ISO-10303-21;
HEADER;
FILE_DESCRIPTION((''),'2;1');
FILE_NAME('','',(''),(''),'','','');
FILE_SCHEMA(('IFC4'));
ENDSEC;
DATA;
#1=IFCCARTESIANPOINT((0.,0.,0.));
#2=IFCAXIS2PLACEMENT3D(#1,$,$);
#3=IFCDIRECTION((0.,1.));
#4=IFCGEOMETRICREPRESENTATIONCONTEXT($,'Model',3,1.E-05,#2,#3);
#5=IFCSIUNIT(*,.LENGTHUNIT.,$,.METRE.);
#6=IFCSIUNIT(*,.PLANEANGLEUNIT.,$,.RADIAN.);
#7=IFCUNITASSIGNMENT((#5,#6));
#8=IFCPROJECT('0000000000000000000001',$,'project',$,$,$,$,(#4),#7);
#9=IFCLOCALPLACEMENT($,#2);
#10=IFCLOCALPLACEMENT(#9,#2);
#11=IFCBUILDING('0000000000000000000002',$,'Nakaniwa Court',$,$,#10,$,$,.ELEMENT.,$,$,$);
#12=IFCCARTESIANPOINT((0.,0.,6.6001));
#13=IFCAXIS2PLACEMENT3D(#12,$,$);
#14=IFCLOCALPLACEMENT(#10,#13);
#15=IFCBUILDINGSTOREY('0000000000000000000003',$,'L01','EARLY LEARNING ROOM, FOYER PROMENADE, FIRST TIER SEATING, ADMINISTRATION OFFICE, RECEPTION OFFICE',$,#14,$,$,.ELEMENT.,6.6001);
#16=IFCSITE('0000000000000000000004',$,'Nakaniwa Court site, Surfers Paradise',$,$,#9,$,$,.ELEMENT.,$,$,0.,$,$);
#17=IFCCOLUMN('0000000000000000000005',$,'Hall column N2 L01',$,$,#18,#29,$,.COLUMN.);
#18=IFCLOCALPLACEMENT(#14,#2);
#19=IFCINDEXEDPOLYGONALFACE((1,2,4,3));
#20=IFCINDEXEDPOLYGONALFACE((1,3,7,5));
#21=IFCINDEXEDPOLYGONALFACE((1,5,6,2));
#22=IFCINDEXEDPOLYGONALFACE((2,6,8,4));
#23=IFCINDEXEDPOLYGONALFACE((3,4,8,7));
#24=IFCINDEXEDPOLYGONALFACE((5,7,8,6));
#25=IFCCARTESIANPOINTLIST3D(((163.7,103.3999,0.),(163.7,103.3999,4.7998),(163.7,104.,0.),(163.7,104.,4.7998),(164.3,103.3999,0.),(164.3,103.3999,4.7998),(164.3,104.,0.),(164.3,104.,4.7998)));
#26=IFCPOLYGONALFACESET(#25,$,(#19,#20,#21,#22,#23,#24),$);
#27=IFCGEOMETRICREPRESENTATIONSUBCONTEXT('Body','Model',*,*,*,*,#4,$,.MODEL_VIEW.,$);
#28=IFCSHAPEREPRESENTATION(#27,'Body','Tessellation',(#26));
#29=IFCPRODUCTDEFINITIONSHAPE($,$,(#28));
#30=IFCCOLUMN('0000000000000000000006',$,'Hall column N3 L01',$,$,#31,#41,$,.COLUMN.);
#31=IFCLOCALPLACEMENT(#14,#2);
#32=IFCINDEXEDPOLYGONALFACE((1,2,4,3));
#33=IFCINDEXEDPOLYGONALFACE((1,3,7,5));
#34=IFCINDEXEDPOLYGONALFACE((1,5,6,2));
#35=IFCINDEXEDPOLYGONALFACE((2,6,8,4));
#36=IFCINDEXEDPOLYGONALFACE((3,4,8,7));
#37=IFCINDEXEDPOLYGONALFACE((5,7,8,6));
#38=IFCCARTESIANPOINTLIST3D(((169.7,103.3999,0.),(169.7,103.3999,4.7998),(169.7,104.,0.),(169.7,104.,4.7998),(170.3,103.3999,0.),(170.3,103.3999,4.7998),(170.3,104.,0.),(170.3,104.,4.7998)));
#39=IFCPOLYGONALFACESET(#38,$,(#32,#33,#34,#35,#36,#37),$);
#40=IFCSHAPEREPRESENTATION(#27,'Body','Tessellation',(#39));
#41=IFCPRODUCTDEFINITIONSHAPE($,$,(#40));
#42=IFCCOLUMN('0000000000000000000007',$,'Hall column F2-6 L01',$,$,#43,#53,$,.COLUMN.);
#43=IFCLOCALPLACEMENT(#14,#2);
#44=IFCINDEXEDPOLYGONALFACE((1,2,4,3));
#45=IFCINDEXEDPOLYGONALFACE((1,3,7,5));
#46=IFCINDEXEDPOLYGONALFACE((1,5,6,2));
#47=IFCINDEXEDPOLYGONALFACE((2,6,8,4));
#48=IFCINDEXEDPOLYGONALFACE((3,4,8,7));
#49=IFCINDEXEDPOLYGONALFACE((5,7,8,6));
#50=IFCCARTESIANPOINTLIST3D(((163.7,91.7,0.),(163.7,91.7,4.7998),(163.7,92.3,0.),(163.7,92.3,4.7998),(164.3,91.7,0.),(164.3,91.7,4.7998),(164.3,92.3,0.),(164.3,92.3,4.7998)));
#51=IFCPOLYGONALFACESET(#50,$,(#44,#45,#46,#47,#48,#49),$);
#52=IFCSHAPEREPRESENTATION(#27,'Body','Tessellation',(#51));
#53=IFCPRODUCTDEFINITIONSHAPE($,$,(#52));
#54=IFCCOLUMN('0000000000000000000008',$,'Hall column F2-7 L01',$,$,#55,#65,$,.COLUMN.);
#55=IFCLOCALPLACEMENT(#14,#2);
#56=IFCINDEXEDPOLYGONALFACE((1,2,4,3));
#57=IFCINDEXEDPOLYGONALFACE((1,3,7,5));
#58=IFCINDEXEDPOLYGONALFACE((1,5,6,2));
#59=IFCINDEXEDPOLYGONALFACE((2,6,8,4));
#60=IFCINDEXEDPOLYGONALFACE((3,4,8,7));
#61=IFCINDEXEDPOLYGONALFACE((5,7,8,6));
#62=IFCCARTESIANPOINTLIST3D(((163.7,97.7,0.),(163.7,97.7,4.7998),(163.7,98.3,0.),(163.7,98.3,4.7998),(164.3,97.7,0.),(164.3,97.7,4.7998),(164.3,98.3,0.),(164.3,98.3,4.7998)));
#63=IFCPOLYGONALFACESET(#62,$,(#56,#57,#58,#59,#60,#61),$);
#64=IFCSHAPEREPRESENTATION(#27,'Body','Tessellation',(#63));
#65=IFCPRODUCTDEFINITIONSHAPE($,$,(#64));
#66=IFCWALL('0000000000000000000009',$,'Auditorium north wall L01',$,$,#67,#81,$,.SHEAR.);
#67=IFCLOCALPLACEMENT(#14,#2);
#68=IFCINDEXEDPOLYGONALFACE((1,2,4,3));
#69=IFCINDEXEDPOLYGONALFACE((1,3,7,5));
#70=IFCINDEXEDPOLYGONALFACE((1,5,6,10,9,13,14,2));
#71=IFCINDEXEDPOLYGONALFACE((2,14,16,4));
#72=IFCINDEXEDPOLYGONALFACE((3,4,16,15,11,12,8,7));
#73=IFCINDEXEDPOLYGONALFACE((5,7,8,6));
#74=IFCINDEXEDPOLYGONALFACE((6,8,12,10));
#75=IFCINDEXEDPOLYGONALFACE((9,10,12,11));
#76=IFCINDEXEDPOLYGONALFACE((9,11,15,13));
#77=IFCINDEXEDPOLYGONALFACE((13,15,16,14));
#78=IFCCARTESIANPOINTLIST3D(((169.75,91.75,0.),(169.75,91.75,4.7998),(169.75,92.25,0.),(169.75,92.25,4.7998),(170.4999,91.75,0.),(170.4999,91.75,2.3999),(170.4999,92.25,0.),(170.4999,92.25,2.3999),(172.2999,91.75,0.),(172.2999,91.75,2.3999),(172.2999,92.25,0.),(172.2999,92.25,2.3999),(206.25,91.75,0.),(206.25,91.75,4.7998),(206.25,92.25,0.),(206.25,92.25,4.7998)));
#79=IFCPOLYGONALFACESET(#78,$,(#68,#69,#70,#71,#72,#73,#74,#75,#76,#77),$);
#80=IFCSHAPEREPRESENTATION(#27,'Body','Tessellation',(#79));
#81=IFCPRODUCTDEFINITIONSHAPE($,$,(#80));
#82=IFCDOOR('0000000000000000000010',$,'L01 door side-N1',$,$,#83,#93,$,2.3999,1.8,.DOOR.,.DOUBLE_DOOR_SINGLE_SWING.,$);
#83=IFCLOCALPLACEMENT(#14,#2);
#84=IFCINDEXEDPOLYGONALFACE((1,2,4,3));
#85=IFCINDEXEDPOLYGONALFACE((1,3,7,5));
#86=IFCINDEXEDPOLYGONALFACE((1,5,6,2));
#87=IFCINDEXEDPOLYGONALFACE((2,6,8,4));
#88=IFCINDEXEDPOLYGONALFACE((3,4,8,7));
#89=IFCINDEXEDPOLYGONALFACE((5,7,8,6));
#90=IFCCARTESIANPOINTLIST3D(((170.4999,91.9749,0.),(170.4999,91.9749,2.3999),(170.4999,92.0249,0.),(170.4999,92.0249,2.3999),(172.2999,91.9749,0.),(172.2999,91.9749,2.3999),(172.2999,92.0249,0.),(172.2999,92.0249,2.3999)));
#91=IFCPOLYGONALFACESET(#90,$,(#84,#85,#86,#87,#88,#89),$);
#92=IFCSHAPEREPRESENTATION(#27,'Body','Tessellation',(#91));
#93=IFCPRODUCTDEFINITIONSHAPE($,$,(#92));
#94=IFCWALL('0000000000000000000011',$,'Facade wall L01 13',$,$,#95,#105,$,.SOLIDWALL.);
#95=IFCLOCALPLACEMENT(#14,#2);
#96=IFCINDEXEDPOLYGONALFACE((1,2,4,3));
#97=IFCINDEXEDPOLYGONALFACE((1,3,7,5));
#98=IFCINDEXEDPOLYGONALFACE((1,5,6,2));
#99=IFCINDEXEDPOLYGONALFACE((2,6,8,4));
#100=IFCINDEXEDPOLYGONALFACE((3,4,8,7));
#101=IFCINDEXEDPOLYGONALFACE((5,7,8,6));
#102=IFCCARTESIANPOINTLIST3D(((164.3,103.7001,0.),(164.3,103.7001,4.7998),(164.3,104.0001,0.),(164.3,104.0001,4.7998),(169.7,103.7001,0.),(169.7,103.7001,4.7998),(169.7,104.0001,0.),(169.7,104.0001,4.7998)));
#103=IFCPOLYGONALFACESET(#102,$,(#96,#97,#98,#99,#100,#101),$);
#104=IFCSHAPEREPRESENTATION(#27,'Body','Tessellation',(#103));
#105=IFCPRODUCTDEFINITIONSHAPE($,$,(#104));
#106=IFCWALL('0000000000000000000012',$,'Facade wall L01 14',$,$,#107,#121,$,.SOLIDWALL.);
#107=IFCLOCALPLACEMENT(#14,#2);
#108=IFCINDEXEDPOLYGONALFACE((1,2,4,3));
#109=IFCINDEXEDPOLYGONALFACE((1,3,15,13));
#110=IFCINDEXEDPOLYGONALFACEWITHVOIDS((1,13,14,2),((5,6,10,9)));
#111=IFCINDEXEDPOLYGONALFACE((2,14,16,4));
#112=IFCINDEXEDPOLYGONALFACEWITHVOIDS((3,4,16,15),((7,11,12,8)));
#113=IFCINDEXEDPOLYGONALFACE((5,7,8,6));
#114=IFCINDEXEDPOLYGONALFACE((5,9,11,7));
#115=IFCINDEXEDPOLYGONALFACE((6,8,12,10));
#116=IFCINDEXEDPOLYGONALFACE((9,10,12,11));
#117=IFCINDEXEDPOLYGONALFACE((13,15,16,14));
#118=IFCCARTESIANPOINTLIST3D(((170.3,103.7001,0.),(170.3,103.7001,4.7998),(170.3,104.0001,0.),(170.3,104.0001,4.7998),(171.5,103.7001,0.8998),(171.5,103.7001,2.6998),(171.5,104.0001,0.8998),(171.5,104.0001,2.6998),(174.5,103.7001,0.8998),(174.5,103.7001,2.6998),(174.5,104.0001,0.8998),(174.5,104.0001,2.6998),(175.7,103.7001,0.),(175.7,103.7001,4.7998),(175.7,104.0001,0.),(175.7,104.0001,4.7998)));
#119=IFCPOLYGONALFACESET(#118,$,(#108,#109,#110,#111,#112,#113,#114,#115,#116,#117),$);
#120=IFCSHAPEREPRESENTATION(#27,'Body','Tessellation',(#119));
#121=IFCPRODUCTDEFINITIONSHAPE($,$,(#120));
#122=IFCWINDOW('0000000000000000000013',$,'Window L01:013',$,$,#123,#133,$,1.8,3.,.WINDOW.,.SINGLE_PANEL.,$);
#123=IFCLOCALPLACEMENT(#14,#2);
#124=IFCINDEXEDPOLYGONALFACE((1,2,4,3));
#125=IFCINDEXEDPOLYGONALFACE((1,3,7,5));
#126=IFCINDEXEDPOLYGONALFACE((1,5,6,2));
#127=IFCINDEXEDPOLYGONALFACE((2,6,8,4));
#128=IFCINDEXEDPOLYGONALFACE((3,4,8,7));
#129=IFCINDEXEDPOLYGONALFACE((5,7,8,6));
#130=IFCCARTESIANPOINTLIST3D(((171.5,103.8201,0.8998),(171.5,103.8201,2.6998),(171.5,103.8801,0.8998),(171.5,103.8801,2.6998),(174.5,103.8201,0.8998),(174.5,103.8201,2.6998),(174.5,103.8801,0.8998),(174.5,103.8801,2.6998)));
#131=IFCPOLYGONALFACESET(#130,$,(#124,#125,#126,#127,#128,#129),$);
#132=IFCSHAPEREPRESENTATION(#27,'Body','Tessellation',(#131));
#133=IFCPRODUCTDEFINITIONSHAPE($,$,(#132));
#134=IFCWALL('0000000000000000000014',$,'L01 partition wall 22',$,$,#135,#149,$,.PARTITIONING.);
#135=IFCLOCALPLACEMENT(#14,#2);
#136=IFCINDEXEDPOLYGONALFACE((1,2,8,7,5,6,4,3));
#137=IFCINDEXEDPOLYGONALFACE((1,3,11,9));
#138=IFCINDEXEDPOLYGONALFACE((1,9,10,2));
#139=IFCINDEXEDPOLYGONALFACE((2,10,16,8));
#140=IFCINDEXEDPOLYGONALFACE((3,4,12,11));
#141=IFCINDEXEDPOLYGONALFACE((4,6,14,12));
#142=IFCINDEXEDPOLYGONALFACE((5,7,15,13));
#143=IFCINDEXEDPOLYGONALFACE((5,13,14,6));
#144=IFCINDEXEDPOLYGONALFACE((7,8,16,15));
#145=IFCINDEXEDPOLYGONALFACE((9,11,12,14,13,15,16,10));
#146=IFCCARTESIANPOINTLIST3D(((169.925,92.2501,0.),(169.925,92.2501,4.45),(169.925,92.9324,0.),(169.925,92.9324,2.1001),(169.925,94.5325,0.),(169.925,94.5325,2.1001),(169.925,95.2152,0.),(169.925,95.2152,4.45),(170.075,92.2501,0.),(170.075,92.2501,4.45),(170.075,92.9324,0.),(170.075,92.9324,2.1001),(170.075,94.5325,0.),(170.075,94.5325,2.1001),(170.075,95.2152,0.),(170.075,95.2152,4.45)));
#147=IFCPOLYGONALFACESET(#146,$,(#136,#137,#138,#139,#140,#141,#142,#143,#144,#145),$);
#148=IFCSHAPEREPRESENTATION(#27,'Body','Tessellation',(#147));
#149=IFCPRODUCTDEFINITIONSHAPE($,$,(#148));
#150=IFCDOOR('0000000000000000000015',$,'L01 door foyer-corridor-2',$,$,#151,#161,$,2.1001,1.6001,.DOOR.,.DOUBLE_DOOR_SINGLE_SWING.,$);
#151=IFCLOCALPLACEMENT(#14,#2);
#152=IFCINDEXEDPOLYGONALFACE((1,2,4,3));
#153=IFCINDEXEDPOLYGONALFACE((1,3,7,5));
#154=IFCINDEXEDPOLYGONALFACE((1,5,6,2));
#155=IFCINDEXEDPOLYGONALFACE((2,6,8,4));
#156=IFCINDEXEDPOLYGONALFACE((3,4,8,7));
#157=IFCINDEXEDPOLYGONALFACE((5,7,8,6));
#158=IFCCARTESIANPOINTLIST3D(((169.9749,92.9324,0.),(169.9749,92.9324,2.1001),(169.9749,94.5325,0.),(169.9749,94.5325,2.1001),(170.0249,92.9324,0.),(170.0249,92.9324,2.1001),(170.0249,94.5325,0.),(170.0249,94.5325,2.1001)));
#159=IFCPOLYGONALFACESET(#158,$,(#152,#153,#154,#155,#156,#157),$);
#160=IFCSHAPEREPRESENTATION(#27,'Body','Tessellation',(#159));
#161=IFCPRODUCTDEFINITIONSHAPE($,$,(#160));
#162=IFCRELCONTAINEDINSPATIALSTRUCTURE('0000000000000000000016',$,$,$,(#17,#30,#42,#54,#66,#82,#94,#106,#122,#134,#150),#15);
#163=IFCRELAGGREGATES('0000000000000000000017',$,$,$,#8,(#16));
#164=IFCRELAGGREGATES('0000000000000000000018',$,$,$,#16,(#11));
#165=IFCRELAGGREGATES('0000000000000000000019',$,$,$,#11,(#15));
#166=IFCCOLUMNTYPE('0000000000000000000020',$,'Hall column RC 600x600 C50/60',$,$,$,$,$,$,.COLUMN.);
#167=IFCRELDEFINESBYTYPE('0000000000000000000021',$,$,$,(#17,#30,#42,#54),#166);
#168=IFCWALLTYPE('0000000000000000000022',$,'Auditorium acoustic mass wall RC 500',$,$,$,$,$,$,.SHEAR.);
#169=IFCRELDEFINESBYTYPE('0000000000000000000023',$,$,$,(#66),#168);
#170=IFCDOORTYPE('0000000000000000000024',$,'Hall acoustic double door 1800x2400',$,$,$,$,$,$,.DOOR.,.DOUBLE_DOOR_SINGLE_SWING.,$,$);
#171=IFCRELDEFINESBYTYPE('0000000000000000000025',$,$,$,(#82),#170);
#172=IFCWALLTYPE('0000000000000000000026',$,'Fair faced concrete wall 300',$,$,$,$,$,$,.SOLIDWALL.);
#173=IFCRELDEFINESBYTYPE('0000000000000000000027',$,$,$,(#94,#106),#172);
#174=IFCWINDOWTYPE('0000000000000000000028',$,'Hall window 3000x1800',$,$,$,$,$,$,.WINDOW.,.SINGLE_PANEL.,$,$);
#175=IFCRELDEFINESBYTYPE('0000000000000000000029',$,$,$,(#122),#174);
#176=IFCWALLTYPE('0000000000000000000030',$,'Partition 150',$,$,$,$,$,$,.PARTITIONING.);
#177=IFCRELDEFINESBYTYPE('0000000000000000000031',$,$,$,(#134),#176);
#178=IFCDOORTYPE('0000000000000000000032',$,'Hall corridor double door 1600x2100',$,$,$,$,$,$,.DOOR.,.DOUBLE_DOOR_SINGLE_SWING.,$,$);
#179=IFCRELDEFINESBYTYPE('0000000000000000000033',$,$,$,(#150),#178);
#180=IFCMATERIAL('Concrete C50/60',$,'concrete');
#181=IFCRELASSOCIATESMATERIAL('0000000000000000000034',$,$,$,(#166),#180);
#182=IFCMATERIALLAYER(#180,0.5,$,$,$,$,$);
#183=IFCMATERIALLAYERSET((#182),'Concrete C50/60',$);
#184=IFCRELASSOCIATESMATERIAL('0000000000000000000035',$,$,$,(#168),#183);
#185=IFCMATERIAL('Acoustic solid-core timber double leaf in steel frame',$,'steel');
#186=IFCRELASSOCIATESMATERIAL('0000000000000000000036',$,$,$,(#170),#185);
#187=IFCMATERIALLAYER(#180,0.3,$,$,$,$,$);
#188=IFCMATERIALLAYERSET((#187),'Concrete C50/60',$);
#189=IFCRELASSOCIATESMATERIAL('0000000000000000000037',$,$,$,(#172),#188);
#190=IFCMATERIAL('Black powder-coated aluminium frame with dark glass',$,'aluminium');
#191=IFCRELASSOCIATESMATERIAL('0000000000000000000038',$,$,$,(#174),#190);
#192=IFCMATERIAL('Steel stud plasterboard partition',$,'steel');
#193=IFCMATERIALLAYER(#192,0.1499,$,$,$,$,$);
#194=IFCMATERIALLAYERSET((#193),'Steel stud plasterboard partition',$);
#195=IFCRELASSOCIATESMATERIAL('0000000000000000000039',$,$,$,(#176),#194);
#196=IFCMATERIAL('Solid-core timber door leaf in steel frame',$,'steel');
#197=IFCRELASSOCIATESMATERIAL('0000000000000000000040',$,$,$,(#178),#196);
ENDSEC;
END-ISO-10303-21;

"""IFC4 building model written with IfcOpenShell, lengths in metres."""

from ifc_helpers import new_model, si_unit, direction, frame, frame_2d, origin, origin_2d, place, context, subcontext, project, spatial, rectangle, extrude, material, layer, layer_set, material_profile, profile_set, type_object, element, fill, save


model = new_model("IFC4")

# Units and contexts
model_context = context("Model", 3, precision=1e-05, world=origin(), true_north=direction((0.0, 1.0)))
body_context = subcontext(model_context, "Body", "Model", "MODEL_VIEW")
ifc_project = project(units=[si_unit("LENGTHUNIT", "METRE"), si_unit("PLANEANGLEUNIT", "RADIAN")], contexts=[model_context])

# Site, building, storey
site_placement = place(None, origin())
site = spatial("IfcSite", under=ifc_project, at=site_placement, Name="Nakaniwa Court site, Surfers Paradise", CompositionType="ELEMENT", RefElevation=0.0)
building_placement = place(site_placement, origin())
building = spatial("IfcBuilding", under=site, at=building_placement, Name="Nakaniwa Court", CompositionType="ELEMENT")
storey_placement = place(building_placement, frame((0.0, 0.0, 6.6001)))
storey = spatial("IfcBuildingStorey", under=building, at=storey_placement, Name="L01", Description="EARLY LEARNING ROOM, FOYER PROMENADE, FIRST TIER SEATING, ADMINISTRATION OFFICE, RECEPTION OFFICE", CompositionType="ELEMENT", Elevation=6.6001)

# Columns
ifc_material_1 = material(Name="Concrete C50/60", Category="concrete")
ifc_material_profile_1 = material_profile(ifc_material_1, rectangle(XDim=0.6001, YDim=0.6001, at=origin_2d()), Name="RC 600x600")
ifc_profile_set_1 = profile_set([ifc_material_profile_1], Name="Concrete C50/60")
column_type = type_object("IfcColumnType", Name="Hall column RC 600x600 C50/60", PredefinedType="COLUMN", material=ifc_profile_set_1)
for number, where, z_axis, x_axis, name in (
    (1, (164.0, 103.7, 0.0), (0.0, 0.0, 1.0), (1.0, 0.0, 0.0), "Hall column N2 L01"),
    (2, (170.0, 103.7, 0.0), (0.0, 0.0, 1.0), (1.0, 0.0, 0.0), "Hall column N3 L01"),
    (3, (164.0, 92.0, 0.0), (0.0, 0.0, 1.0), (1.0, 0.0, 0.0), "Hall column F2-6 L01"),
    (4, (164.0, 98.0, 0.0), (0.0, 0.0, 1.0), (1.0, 0.0, 0.0), "Hall column F2-7 L01"),
):
    element("IfcColumn", number, at=place(storey_placement, frame(where, z_axis=z_axis, x_axis=x_axis)), inside=storey, type_object=column_type, Name=name, PredefinedType="COLUMN", context=body_context, shape_type="SweptSolid", body=[
        extrude(rectangle(XDim=0.6001, YDim=0.6001, at=origin_2d()), origin(), (0.0, 0.0, 1.0), 4.7998),
    ])

# Wall, opening, door
ifc_layer_1 = layer(ifc_material_1, 0.5)
ifc_layer_set_1 = layer_set([ifc_layer_1], Name="Concrete C50/60")
wall_type_1 = type_object("IfcWallType", Name="Auditorium acoustic mass wall RC 500", PredefinedType="SHEAR", material=ifc_layer_set_1)
wall_1_placement = place(storey_placement, frame((169.75, 92.0, 0.0), z_axis=(0.0, 0.0, 1.0), x_axis=(1.0, 0.0, 0.0)))
wall_1 = element("IfcWall", 5, at=wall_1_placement, inside=storey, type_object=wall_type_1, Name="Auditorium north wall L01", PredefinedType="SHEAR", context=body_context, shape_type="SweptSolid", body=[
    extrude(rectangle(XDim=36.5, YDim=0.5, at=frame_2d((18.25, 0.0))), origin(), (0.0, 0.0, 1.0), 4.7998),
])
opening_1_placement = place(wall_1_placement, frame((0.75, 0.0, 0.0)))
opening_1 = element("IfcOpeningElement", 6, at=opening_1_placement, cuts=wall_1, PredefinedType="OPENING", context=body_context, shape_type="SweptSolid", body=[
    extrude(rectangle(XDim=1.8, YDim=2.3999, at=frame_2d((0.8999, 1.2))), frame((0.0, 0.26, 0.0), z_axis=(0.0, -1.0, 0.0), x_axis=(1.0, 0.0, 0.0)), (0.0, 0.0, 1.0), 0.52),
])
ifc_material_2 = material(Name="Acoustic solid-core timber double leaf in steel frame", Category="steel")
door_type_1 = type_object("IfcDoorType", Name="Hall acoustic double door 1800x2400", OperationType="DOUBLE_DOOR_SINGLE_SWING", PredefinedType="DOOR", material=ifc_material_2)
door_1_placement = place(opening_1_placement, origin())
door_1 = element("IfcDoor", 7, at=door_1_placement, inside=storey, type_object=door_type_1, Name="L01 door side-N1", OperationType="DOUBLE_DOOR_SINGLE_SWING", OverallHeight=2.3999, OverallWidth=1.8, PredefinedType="DOOR", context=body_context, shape_type="SweptSolid", body=[
    extrude(rectangle(XDim=1.8, YDim=2.3999, at=frame_2d((0.8999, 1.2))), frame((0.0, 0.0249, 0.0), z_axis=(0.0, -1.0, 0.0), x_axis=(1.0, 0.0, 0.0)), (0.0, 0.0, 1.0), 0.05),
])
fill(opening_1, door_1)

# Wall
ifc_layer_2 = layer(ifc_material_1, 0.3)
ifc_layer_set_2 = layer_set([ifc_layer_2], Name="Concrete C50/60")
wall_type_2 = type_object("IfcWallType", Name="Fair faced concrete wall 300", PredefinedType="SOLIDWALL", material=ifc_layer_set_2)
wall_2_placement = place(storey_placement, frame((164.3, 103.8501, 0.0), z_axis=(0.0, 0.0, 1.0), x_axis=(1.0, 0.0, 0.0)))
element("IfcWall", 8, at=wall_2_placement, inside=storey, type_object=wall_type_2, Name="Facade wall L01 13", PredefinedType="SOLIDWALL", context=body_context, shape_type="SweptSolid", body=[
    extrude(rectangle(XDim=5.3999, YDim=0.3, at=frame_2d((2.7, 0.0))), origin(), (0.0, 0.0, 1.0), 4.7998),
])

# Wall, opening, window
wall_3_placement = place(storey_placement, frame((170.3, 103.8501, 0.0), z_axis=(0.0, 0.0, 1.0), x_axis=(1.0, 0.0, 0.0)))
wall_3 = element("IfcWall", 9, at=wall_3_placement, inside=storey, type_object=wall_type_2, Name="Facade wall L01 14", PredefinedType="SOLIDWALL", context=body_context, shape_type="SweptSolid", body=[
    extrude(rectangle(XDim=5.3999, YDim=0.3, at=frame_2d((2.7, 0.0))), origin(), (0.0, 0.0, 1.0), 4.7998),
])
opening_2_placement = place(wall_3_placement, frame((1.2, 0.0, 0.8999)))
opening_2 = element("IfcOpeningElement", 10, at=opening_2_placement, cuts=wall_3, PredefinedType="OPENING", context=body_context, shape_type="SweptSolid", body=[
    extrude(rectangle(XDim=3.0, YDim=1.8, at=frame_2d((1.5, 0.8999))), frame((0.0, 0.1599, 0.0), z_axis=(0.0, -1.0, 0.0), x_axis=(1.0, 0.0, 0.0)), (0.0, 0.0, 1.0), 0.3201),
])
ifc_material_3 = material(Name="Black powder-coated aluminium frame with dark glass", Category="aluminium")
window_type = type_object("IfcWindowType", Name="Hall window 3000x1800", PartitioningType="SINGLE_PANEL", PredefinedType="WINDOW", material=ifc_material_3)
window_placement = place(opening_2_placement, origin())
window = element("IfcWindow", 11, at=window_placement, inside=storey, type_object=window_type, Name="Window L01:013", OverallHeight=1.8, OverallWidth=3.0, PartitioningType="SINGLE_PANEL", PredefinedType="WINDOW", context=body_context, shape_type="SweptSolid", body=[
    extrude(rectangle(XDim=3.0, YDim=1.8, at=frame_2d((1.5, 0.8999))), frame((0.0, 0.03, 0.0), z_axis=(0.0, -1.0, 0.0), x_axis=(1.0, 0.0, 0.0)), (0.0, 0.0, 1.0), 0.0601),
])
fill(opening_2, window)

# Wall, opening, door
ifc_material_4 = material(Name="Steel stud plasterboard partition", Category="steel")
ifc_layer_3 = layer(ifc_material_4, 0.1499)
ifc_layer_set_3 = layer_set([ifc_layer_3], Name="Steel stud plasterboard partition")
wall_type_3 = type_object("IfcWallType", Name="Partition 150", PredefinedType="PARTITIONING", material=ifc_layer_set_3)
wall_4_placement = place(storey_placement, frame((170.0, 95.2151, 0.0), z_axis=(0.0, 0.0, 1.0), x_axis=(0.0, -1.0, 0.0)))
wall_4 = element("IfcWall", 12, at=wall_4_placement, inside=storey, type_object=wall_type_3, Name="L01 partition wall 22", PredefinedType="PARTITIONING", context=body_context, shape_type="SweptSolid", body=[
    extrude(rectangle(XDim=2.9651, YDim=0.1499, at=frame_2d((1.4824, 0.0))), origin(), (0.0, 0.0, 1.0), 4.45),
])
opening_3_placement = place(wall_4_placement, frame((0.6826, 0.0, 0.0)))
opening_3 = element("IfcOpeningElement", 13, at=opening_3_placement, cuts=wall_4, PredefinedType="OPENING", context=body_context, shape_type="SweptSolid", body=[
    extrude(rectangle(XDim=1.6001, YDim=2.1001, at=frame_2d((0.8, 1.05))), frame((0.0, 0.085, 0.0), z_axis=(0.0, -1.0, 0.0), x_axis=(1.0, 0.0, 0.0)), (0.0, 0.0, 1.0), 0.1699),
])
ifc_material_5 = material(Name="Solid-core timber door leaf in steel frame", Category="steel")
door_type_2 = type_object("IfcDoorType", Name="Hall corridor double door 1600x2100", OperationType="DOUBLE_DOOR_SINGLE_SWING", PredefinedType="DOOR", material=ifc_material_5)
door_2_placement = place(opening_3_placement, origin())
door_2 = element("IfcDoor", 14, at=door_2_placement, inside=storey, type_object=door_type_2, Name="L01 door foyer-corridor-2", OperationType="DOUBLE_DOOR_SINGLE_SWING", OverallHeight=2.1001, OverallWidth=1.6001, PredefinedType="DOOR", context=body_context, shape_type="SweptSolid", body=[
    extrude(rectangle(XDim=1.6001, YDim=2.1001, at=frame_2d((0.8, 1.05))), frame((0.0, 0.0249, 0.0), z_axis=(0.0, -1.0, 0.0), x_axis=(1.0, 0.0, 0.0)), (0.0, 0.0, 1.0), 0.05),
])
fill(opening_3, door_2)

save(model, "model.ifc")
